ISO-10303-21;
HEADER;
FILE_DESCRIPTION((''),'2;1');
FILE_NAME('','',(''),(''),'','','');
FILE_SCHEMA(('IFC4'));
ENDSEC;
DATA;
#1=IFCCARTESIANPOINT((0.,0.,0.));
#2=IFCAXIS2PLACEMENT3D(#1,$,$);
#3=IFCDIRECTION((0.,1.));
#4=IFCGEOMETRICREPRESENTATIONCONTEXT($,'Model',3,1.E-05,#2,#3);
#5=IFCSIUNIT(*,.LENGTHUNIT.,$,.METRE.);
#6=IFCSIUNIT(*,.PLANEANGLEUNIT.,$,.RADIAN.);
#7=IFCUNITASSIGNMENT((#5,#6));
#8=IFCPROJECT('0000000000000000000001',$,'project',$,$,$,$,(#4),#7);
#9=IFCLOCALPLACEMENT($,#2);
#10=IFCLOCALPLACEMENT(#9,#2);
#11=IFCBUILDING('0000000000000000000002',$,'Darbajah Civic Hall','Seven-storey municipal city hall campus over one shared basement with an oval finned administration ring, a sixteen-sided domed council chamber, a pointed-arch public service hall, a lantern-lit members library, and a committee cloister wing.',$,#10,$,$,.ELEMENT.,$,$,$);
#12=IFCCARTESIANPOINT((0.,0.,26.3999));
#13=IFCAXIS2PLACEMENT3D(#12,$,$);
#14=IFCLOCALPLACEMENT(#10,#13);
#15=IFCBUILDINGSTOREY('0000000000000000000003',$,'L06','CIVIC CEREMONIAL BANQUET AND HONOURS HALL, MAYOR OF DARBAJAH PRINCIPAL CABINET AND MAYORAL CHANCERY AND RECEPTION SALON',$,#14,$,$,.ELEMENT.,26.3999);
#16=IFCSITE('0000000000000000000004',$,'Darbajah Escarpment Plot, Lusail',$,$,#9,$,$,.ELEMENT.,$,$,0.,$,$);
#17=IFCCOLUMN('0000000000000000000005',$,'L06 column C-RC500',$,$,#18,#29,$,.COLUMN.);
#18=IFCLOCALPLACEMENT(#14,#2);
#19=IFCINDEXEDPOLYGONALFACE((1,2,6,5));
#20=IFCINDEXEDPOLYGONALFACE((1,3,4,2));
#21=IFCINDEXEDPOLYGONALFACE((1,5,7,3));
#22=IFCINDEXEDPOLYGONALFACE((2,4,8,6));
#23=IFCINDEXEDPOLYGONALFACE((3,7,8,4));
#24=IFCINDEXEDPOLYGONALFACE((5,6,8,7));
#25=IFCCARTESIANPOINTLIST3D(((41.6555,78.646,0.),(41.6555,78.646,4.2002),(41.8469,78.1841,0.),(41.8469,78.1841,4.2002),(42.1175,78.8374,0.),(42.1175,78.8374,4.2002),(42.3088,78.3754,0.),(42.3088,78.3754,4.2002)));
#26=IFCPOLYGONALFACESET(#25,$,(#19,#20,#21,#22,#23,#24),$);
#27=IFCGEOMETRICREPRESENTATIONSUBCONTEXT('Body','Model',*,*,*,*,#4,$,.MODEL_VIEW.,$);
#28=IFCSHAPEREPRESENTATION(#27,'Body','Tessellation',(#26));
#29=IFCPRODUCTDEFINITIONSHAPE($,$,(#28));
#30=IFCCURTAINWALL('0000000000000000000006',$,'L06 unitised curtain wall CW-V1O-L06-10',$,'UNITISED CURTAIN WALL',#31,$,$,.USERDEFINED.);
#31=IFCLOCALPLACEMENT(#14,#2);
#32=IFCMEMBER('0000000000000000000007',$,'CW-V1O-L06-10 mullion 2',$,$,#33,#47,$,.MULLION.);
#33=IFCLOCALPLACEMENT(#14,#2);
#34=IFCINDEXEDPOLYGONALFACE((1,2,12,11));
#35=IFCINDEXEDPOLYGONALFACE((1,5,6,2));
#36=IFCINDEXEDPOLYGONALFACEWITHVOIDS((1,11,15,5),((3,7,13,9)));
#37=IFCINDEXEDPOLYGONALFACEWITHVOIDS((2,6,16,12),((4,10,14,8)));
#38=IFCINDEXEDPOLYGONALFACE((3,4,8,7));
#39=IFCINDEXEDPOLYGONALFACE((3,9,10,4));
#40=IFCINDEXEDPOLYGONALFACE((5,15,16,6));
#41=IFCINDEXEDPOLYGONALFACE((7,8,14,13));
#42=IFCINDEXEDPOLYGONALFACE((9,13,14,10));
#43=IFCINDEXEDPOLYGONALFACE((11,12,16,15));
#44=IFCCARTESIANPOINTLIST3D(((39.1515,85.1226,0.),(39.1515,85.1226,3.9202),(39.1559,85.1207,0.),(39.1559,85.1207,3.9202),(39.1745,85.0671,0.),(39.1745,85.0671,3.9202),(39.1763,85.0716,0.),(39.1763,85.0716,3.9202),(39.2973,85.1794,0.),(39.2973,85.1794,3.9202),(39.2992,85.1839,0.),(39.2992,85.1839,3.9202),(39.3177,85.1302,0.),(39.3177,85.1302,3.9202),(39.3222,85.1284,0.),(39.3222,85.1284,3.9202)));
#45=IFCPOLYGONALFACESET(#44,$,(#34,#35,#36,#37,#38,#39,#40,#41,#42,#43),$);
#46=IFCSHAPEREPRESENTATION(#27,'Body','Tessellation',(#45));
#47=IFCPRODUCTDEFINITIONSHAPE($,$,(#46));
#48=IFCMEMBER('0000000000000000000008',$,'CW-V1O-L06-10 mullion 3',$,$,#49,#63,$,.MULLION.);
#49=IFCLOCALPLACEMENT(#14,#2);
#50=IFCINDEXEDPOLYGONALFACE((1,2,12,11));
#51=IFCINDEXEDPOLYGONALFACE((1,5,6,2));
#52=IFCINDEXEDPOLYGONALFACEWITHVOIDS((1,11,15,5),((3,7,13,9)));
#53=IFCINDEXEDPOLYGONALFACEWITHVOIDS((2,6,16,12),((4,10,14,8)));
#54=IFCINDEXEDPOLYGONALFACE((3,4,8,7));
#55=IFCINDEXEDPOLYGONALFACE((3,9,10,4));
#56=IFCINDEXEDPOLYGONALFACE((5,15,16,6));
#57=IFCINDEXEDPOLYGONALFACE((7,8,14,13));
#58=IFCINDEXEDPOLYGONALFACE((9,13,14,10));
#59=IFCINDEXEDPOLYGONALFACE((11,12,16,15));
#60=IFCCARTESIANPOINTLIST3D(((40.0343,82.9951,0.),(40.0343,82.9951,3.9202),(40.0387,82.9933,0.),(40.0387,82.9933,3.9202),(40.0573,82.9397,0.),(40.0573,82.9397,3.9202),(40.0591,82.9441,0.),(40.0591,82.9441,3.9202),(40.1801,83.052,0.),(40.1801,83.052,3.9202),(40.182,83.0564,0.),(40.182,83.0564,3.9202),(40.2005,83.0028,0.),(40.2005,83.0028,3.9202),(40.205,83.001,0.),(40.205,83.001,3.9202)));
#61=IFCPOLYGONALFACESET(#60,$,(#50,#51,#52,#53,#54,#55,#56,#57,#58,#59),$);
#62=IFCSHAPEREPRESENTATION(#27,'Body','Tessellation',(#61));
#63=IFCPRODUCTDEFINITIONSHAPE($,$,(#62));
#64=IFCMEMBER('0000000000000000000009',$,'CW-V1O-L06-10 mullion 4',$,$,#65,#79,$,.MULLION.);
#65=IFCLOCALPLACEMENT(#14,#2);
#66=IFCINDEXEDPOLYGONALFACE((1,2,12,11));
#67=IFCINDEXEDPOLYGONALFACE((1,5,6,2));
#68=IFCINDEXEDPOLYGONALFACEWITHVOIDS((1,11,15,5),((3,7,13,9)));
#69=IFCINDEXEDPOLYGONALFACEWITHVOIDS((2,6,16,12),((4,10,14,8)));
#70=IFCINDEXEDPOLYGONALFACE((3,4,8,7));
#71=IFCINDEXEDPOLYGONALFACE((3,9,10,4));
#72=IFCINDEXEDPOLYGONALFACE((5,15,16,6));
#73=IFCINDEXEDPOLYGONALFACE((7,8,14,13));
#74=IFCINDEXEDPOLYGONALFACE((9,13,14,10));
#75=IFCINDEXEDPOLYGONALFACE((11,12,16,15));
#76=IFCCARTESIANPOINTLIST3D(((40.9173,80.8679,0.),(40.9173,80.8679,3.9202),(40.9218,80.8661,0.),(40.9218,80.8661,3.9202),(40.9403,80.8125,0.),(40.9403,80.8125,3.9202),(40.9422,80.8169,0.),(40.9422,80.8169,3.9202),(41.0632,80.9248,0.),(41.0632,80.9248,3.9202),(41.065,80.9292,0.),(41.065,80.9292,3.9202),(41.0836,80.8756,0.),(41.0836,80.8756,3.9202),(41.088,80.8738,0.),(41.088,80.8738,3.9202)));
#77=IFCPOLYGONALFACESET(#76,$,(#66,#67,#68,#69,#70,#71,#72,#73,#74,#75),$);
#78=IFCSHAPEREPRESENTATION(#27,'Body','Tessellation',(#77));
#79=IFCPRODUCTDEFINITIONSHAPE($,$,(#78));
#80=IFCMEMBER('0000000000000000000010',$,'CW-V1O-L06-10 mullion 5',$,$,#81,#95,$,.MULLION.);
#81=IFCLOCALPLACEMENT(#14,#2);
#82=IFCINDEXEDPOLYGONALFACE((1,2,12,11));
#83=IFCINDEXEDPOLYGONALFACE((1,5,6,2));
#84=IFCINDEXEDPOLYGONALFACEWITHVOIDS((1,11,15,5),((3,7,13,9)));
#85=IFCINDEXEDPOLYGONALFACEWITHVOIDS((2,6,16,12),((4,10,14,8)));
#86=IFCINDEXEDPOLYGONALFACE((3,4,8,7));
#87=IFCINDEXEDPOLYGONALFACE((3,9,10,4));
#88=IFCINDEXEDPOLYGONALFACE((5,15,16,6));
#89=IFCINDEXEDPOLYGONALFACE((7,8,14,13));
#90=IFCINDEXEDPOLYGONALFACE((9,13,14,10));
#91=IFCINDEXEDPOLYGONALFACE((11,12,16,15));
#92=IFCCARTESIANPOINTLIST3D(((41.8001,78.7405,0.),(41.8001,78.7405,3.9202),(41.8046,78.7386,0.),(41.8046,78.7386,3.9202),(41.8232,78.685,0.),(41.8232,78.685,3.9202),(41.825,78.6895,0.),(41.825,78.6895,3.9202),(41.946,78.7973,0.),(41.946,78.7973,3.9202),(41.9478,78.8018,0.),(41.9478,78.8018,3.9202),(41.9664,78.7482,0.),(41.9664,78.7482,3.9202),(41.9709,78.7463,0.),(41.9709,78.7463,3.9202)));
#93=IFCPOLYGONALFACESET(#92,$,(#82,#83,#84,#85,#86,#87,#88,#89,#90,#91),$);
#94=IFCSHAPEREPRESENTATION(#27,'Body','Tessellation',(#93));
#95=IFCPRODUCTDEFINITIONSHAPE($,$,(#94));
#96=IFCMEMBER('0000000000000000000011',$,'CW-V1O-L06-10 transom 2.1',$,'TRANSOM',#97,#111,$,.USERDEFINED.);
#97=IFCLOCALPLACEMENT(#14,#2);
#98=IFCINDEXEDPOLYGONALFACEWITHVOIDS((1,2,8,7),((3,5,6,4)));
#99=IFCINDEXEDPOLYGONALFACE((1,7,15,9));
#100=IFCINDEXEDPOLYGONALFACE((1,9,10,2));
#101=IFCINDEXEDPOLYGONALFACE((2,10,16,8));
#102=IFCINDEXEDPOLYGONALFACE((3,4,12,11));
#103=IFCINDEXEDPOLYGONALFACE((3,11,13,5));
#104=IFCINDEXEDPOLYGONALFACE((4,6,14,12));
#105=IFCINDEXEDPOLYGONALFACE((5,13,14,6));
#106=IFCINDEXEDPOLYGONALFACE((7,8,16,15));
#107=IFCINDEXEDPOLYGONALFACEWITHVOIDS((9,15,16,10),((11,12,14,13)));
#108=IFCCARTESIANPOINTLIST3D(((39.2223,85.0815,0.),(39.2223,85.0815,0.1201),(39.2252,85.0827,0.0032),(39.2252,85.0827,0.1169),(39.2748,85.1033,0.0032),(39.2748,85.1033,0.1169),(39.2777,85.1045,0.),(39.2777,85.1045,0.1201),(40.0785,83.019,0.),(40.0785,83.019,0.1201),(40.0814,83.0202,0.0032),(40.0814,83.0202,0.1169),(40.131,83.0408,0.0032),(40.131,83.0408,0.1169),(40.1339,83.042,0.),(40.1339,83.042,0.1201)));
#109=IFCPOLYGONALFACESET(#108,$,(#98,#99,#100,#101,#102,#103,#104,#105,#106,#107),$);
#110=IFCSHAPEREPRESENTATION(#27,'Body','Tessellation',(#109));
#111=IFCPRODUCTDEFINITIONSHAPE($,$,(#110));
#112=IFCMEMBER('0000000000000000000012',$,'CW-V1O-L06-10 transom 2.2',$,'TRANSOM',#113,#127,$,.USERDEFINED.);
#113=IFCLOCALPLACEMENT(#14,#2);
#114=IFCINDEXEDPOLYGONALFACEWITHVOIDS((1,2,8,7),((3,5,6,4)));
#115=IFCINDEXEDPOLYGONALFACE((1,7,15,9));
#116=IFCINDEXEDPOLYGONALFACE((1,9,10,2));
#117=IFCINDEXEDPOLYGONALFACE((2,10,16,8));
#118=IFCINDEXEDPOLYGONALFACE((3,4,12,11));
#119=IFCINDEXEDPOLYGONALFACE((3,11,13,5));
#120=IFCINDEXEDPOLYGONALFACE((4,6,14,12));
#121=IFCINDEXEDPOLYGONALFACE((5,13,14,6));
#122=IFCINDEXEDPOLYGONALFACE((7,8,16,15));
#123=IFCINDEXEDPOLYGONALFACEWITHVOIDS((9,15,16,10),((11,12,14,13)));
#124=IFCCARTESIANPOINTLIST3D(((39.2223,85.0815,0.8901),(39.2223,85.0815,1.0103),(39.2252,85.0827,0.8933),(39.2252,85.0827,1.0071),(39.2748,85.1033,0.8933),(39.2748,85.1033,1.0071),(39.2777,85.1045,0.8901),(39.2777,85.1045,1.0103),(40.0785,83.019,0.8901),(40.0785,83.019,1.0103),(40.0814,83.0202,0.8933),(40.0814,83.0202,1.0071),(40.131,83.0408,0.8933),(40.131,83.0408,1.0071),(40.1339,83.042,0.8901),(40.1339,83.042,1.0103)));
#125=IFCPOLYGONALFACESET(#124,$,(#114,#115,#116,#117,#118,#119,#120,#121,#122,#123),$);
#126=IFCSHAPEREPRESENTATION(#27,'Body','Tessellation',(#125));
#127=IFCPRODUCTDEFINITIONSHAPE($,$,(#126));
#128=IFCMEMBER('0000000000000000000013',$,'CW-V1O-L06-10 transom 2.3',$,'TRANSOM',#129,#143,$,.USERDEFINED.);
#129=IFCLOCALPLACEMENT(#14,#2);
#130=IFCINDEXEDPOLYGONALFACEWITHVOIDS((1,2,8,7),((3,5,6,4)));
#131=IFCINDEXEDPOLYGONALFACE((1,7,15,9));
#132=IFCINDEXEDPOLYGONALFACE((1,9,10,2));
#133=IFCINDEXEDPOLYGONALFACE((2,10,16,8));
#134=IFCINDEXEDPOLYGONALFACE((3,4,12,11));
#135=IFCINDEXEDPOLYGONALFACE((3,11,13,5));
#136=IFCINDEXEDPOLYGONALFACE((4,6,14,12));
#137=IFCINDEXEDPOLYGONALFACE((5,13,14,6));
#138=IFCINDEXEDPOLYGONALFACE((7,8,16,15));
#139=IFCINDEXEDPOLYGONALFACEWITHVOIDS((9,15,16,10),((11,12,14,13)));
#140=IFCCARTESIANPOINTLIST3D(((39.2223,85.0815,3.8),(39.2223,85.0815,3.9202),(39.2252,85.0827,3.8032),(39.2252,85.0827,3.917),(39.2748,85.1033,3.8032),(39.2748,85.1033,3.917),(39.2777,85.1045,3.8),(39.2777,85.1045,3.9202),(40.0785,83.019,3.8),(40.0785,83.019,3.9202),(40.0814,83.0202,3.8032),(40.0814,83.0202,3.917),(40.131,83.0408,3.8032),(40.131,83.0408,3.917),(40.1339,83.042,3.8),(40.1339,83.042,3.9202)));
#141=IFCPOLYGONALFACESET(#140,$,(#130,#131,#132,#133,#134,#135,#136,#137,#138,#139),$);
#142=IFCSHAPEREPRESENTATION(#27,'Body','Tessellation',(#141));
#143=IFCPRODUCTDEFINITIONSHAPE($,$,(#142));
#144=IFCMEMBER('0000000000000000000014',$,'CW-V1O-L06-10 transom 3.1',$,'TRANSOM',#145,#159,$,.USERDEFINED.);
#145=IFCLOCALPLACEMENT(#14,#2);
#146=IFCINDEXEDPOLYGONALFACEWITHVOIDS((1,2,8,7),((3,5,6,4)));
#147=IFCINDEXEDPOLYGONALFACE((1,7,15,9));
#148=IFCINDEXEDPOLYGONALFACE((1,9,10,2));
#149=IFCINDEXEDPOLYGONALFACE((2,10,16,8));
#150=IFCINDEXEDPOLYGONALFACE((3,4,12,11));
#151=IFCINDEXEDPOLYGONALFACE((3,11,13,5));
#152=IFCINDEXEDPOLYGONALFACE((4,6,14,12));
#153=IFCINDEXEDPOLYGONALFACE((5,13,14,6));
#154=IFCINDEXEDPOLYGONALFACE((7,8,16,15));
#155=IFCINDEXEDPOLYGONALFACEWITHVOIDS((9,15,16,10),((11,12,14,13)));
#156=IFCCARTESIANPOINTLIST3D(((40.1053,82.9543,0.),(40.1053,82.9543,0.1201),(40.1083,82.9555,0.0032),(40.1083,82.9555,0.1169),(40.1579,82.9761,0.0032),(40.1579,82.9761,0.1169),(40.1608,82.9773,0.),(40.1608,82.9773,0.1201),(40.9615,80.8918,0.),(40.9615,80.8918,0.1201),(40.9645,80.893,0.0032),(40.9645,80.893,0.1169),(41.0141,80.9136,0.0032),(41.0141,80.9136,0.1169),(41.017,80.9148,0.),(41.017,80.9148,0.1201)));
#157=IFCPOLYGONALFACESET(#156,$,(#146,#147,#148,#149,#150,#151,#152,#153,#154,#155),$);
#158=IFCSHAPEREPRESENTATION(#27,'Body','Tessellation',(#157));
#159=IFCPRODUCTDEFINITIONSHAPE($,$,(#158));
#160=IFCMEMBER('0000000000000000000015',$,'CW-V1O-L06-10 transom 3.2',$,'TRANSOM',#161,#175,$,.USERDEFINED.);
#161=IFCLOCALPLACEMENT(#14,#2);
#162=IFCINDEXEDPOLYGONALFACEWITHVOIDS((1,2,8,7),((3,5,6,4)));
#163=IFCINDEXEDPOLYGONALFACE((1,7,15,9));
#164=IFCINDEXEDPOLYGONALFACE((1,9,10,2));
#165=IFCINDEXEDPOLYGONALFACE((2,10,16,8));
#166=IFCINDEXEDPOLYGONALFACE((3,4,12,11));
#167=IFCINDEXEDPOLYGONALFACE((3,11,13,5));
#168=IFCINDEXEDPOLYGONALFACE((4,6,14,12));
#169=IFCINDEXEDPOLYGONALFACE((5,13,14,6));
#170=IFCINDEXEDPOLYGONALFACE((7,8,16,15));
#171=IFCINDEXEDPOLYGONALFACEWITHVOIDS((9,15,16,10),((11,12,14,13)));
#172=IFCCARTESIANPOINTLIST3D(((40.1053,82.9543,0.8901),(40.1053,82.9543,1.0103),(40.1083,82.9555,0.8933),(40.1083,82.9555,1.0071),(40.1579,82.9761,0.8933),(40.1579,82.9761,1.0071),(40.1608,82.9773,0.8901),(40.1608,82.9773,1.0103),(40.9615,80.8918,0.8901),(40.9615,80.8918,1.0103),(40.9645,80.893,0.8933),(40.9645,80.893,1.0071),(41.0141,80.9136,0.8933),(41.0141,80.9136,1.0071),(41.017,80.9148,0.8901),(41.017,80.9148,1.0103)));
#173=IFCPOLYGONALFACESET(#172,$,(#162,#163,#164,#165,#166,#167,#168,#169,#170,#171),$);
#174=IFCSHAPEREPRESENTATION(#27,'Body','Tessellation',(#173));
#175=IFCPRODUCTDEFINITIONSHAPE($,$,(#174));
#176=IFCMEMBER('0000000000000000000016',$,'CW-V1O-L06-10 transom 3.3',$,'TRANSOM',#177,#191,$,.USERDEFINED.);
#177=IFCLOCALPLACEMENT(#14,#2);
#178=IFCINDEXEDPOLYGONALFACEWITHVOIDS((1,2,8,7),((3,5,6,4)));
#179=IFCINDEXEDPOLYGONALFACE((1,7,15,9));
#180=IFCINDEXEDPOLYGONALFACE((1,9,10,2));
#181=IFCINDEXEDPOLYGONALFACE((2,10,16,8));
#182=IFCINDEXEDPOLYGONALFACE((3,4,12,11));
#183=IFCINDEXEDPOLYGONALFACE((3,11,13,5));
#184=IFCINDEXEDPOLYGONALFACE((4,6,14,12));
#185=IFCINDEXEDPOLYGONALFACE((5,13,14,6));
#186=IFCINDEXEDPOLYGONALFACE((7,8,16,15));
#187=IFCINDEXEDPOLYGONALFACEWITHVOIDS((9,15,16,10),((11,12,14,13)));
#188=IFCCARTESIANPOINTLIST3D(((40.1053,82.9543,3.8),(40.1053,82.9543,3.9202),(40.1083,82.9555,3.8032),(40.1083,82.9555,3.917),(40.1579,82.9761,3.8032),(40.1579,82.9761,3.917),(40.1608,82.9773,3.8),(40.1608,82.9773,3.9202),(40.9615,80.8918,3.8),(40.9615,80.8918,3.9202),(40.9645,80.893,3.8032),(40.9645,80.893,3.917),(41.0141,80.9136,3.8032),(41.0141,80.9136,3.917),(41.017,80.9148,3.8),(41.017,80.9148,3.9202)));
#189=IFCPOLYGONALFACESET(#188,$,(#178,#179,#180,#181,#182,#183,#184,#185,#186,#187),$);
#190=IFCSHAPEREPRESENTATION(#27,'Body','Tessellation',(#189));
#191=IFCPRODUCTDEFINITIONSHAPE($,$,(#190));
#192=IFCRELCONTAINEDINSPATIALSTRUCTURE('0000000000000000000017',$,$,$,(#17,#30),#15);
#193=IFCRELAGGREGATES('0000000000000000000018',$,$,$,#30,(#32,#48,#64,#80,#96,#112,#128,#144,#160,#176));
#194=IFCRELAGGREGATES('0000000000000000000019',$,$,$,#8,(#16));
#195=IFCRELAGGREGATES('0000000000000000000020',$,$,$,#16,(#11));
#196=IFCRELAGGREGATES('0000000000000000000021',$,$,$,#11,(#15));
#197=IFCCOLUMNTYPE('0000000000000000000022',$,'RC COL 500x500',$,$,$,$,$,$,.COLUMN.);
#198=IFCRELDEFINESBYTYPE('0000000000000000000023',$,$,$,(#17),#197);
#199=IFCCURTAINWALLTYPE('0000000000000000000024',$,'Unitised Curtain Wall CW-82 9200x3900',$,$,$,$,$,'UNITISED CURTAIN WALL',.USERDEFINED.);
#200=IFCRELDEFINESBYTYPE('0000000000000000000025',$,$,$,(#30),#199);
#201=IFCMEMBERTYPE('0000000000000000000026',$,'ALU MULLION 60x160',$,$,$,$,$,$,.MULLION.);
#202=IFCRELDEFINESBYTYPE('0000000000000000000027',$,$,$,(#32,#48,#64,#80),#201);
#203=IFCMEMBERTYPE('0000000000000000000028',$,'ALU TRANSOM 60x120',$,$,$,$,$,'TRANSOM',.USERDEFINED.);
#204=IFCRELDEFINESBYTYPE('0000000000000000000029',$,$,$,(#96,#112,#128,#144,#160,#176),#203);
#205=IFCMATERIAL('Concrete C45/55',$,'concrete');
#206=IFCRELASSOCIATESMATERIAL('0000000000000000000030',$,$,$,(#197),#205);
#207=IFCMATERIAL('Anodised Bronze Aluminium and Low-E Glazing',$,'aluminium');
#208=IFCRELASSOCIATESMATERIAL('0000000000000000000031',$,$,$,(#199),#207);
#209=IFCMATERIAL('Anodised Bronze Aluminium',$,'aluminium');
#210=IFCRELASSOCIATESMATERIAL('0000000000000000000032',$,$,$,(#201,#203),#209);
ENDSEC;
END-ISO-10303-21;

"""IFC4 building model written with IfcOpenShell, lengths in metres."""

from ifc_helpers import new_model, si_unit, direction, frame, origin, origin_2d, place, context, subcontext, project, spatial, rectangle, hollow_rectangle, extrude, material, material_profile, profile_set, type_object, element, aggregate, save


model = new_model("IFC4")

# Units and contexts
model_context = context("Model", 3, precision=1e-05, world=origin(), true_north=direction((0.0, 1.0)))
body_context = subcontext(model_context, "Body", "Model", "MODEL_VIEW")
ifc_project = project(units=[si_unit("LENGTHUNIT", "METRE"), si_unit("PLANEANGLEUNIT", "RADIAN")], contexts=[model_context])

# Site, building, storey
site_placement = place(None, origin())
site = spatial("IfcSite", under=ifc_project, at=site_placement, Name="Darbajah Escarpment Plot, Lusail", CompositionType="ELEMENT", RefElevation=0.0)
building_placement = place(site_placement, origin())
building = spatial("IfcBuilding", under=site, at=building_placement, Name="Darbajah Civic Hall", Description="Seven-storey municipal city hall campus over one shared basement with an oval finned administration ring, a sixteen-sided domed council chamber, a pointed-arch public service hall, a lantern-lit members library, and a committee cloister wing.", CompositionType="ELEMENT")
storey_placement = place(building_placement, frame((0.0, 0.0, 26.3999)))
storey = spatial("IfcBuildingStorey", under=building, at=storey_placement, Name="L06", Description="CIVIC CEREMONIAL BANQUET AND HONOURS HALL, MAYOR OF DARBAJAH PRINCIPAL CABINET AND MAYORAL CHANCERY AND RECEPTION SALON", CompositionType="ELEMENT", Elevation=26.3999)

# Column
ifc_material_1 = material(Name="Concrete C45/55", Category="concrete")
ifc_material_profile_1 = material_profile(ifc_material_1, rectangle(XDim=0.5, YDim=0.5, at=origin_2d()), Name="RC COL 500x500")
ifc_profile_set_1 = profile_set([ifc_material_profile_1], Name="Concrete C45/55")
column_type = type_object("IfcColumnType", Name="RC COL 500x500", PredefinedType="COLUMN", material=ifc_profile_set_1)
column_placement = place(storey_placement, frame((41.9822, 78.5107, 0.0), z_axis=(0.0, 0.0, 1.0), x_axis=(-0.92388, -0.382683, 0.0)))
element("IfcColumn", 1, at=column_placement, inside=storey, type_object=column_type, Name="L06 column C-RC500", PredefinedType="COLUMN", context=body_context, shape_type="SweptSolid", body=[
    extrude(rectangle(XDim=0.5, YDim=0.5, at=origin_2d()), origin(), (0.0, 0.0, 1.0), 4.2002),
])

# Curtain wall, members
ifc_material_2 = material(Name="Anodised Bronze Aluminium and Low-E Glazing", Category="aluminium")
curtain_wall_type = type_object("IfcCurtainWallType", Name="Unitised Curtain Wall CW-82 9200x3900", ElementType="UNITISED CURTAIN WALL", PredefinedType="USERDEFINED", material=ifc_material_2)
curtain_wall_placement = place(storey_placement, origin())
curtain_wall = element("IfcCurtainWall", 2, at=curtain_wall_placement, inside=storey, type_object=curtain_wall_type, Name="L06 unitised curtain wall CW-V1O-L06-10", ObjectType="UNITISED CURTAIN WALL", PredefinedType="USERDEFINED")
ifc_material_3 = material(Name="Anodised Bronze Aluminium", Category="aluminium")
ifc_material_profile_2 = material_profile(ifc_material_3, hollow_rectangle(XDim=0.0601, YDim=0.1599, WallThickness=0.0034, at=origin_2d()), Name="ALU MULLION 60x160")
ifc_profile_set_2 = profile_set([ifc_material_profile_2], Name="Anodised Bronze Aluminium")
member_type_1 = type_object("IfcMemberType", Name="ALU MULLION 60x160", PredefinedType="MULLION", material=ifc_profile_set_2)
member_1_placement = place(storey_placement, frame((39.2368, 85.1255, 0.0), z_axis=(0.0, 0.0, 1.0), x_axis=(0.383328, -0.923612, 0.0)))
member_1 = element("IfcMember", 3, at=member_1_placement, type_object=member_type_1, Name="CW-V1O-L06-10 mullion 2", PredefinedType="MULLION", context=body_context, shape_type="SweptSolid", body=[
    extrude(hollow_rectangle(XDim=0.0601, YDim=0.1599, WallThickness=0.0034, at=origin_2d()), origin(), (0.0, 0.0, 1.0), 3.9202),
])
member_2_placement = place(storey_placement, frame((40.1196, 82.998, 0.0), z_axis=(0.0, 0.0, 1.0), x_axis=(0.383328, -0.923612, 0.0)))
member_2 = element("IfcMember", 4, at=member_2_placement, type_object=member_type_1, Name="CW-V1O-L06-10 mullion 3", PredefinedType="MULLION", context=body_context, shape_type="SweptSolid", body=[
    extrude(hollow_rectangle(XDim=0.0601, YDim=0.1599, WallThickness=0.0034, at=origin_2d()), origin(), (0.0, 0.0, 1.0), 3.9202),
])
member_3_placement = place(storey_placement, frame((41.0027, 80.8708, 0.0), z_axis=(0.0, 0.0, 1.0), x_axis=(0.383328, -0.923612, 0.0)))
member_3 = element("IfcMember", 5, at=member_3_placement, type_object=member_type_1, Name="CW-V1O-L06-10 mullion 4", PredefinedType="MULLION", context=body_context, shape_type="SweptSolid", body=[
    extrude(hollow_rectangle(XDim=0.0601, YDim=0.1599, WallThickness=0.0034, at=origin_2d()), origin(), (0.0, 0.0, 1.0), 3.9202),
])
member_4_placement = place(storey_placement, frame((41.8855, 78.7434, 0.0), z_axis=(0.0, 0.0, 1.0), x_axis=(0.383328, -0.923612, 0.0)))
member_4 = element("IfcMember", 6, at=member_4_placement, type_object=member_type_1, Name="CW-V1O-L06-10 mullion 5", PredefinedType="MULLION", context=body_context, shape_type="SweptSolid", body=[
    extrude(hollow_rectangle(XDim=0.0601, YDim=0.1599, WallThickness=0.0034, at=origin_2d()), origin(), (0.0, 0.0, 1.0), 3.9202),
])
ifc_material_profile_3 = material_profile(ifc_material_3, hollow_rectangle(XDim=0.0601, YDim=0.1201, WallThickness=0.0032, at=origin_2d()), Name="ALU TRANSOM 60x120")
ifc_profile_set_3 = profile_set([ifc_material_profile_3], Name="Anodised Bronze Aluminium")
member_type_2 = type_object("IfcMemberType", Name="ALU TRANSOM 60x120", ElementType="TRANSOM", PredefinedType="USERDEFINED", material=ifc_profile_set_3)
member_5_placement = place(storey_placement, frame((39.25, 85.093, 0.0601), z_axis=(0.383404, -0.923581, 0.0), x_axis=(0.923581, 0.383404, 0.0)))
member_5 = element("IfcMember", 7, at=member_5_placement, type_object=member_type_2, Name="CW-V1O-L06-10 transom 2.1", ObjectType="TRANSOM", PredefinedType="USERDEFINED", context=body_context, shape_type="SweptSolid", body=[
    extrude(hollow_rectangle(XDim=0.0601, YDim=0.1201, WallThickness=0.0032, at=origin_2d()), origin(), (0.0, 0.0, 1.0), 2.2332),
])
member_6_placement = place(storey_placement, frame((39.25, 85.093, 0.9502), z_axis=(0.383404, -0.923581, 0.0), x_axis=(0.923581, 0.383404, 0.0)))
member_6 = element("IfcMember", 8, at=member_6_placement, type_object=member_type_2, Name="CW-V1O-L06-10 transom 2.2", ObjectType="TRANSOM", PredefinedType="USERDEFINED", context=body_context, shape_type="SweptSolid", body=[
    extrude(hollow_rectangle(XDim=0.0601, YDim=0.1201, WallThickness=0.0032, at=origin_2d()), origin(), (0.0, 0.0, 1.0), 2.2332),
])
member_7_placement = place(storey_placement, frame((39.25, 85.093, 3.8601), z_axis=(0.383404, -0.923581, 0.0), x_axis=(0.923581, 0.383404, 0.0)))
member_7 = element("IfcMember", 9, at=member_7_placement, type_object=member_type_2, Name="CW-V1O-L06-10 transom 2.3", ObjectType="TRANSOM", PredefinedType="USERDEFINED", context=body_context, shape_type="SweptSolid", body=[
    extrude(hollow_rectangle(XDim=0.0601, YDim=0.1201, WallThickness=0.0032, at=origin_2d()), origin(), (0.0, 0.0, 1.0), 2.2332),
])
member_8_placement = place(storey_placement, frame((40.1331, 82.9658, 0.0601), z_axis=(0.383404, -0.923581, 0.0), x_axis=(0.923581, 0.383404, 0.0)))
member_8 = element("IfcMember", 10, at=member_8_placement, type_object=member_type_2, Name="CW-V1O-L06-10 transom 3.1", ObjectType="TRANSOM", PredefinedType="USERDEFINED", context=body_context, shape_type="SweptSolid", body=[
    extrude(hollow_rectangle(XDim=0.0601, YDim=0.1201, WallThickness=0.0032, at=origin_2d()), origin(), (0.0, 0.0, 1.0), 2.2332),
])
member_9_placement = place(storey_placement, frame((40.1331, 82.9658, 0.9502), z_axis=(0.383404, -0.923581, 0.0), x_axis=(0.923581, 0.383404, 0.0)))
member_9 = element("IfcMember", 11, at=member_9_placement, type_object=member_type_2, Name="CW-V1O-L06-10 transom 3.2", ObjectType="TRANSOM", PredefinedType="USERDEFINED", context=body_context, shape_type="SweptSolid", body=[
    extrude(hollow_rectangle(XDim=0.0601, YDim=0.1201, WallThickness=0.0032, at=origin_2d()), origin(), (0.0, 0.0, 1.0), 2.2332),
])
member_10_placement = place(storey_placement, frame((40.1331, 82.9658, 3.8601), z_axis=(0.383404, -0.923581, 0.0), x_axis=(0.923581, 0.383404, 0.0)))
member_10 = element("IfcMember", 12, at=member_10_placement, type_object=member_type_2, Name="CW-V1O-L06-10 transom 3.3", ObjectType="TRANSOM", PredefinedType="USERDEFINED", context=body_context, shape_type="SweptSolid", body=[
    extrude(hollow_rectangle(XDim=0.0601, YDim=0.1201, WallThickness=0.0032, at=origin_2d()), origin(), (0.0, 0.0, 1.0), 2.2332),
])

aggregate(curtain_wall, [member_1, member_2, member_3, member_4, member_5, member_6, member_7, member_8, member_9, member_10])

save(model, "model.ifc")
